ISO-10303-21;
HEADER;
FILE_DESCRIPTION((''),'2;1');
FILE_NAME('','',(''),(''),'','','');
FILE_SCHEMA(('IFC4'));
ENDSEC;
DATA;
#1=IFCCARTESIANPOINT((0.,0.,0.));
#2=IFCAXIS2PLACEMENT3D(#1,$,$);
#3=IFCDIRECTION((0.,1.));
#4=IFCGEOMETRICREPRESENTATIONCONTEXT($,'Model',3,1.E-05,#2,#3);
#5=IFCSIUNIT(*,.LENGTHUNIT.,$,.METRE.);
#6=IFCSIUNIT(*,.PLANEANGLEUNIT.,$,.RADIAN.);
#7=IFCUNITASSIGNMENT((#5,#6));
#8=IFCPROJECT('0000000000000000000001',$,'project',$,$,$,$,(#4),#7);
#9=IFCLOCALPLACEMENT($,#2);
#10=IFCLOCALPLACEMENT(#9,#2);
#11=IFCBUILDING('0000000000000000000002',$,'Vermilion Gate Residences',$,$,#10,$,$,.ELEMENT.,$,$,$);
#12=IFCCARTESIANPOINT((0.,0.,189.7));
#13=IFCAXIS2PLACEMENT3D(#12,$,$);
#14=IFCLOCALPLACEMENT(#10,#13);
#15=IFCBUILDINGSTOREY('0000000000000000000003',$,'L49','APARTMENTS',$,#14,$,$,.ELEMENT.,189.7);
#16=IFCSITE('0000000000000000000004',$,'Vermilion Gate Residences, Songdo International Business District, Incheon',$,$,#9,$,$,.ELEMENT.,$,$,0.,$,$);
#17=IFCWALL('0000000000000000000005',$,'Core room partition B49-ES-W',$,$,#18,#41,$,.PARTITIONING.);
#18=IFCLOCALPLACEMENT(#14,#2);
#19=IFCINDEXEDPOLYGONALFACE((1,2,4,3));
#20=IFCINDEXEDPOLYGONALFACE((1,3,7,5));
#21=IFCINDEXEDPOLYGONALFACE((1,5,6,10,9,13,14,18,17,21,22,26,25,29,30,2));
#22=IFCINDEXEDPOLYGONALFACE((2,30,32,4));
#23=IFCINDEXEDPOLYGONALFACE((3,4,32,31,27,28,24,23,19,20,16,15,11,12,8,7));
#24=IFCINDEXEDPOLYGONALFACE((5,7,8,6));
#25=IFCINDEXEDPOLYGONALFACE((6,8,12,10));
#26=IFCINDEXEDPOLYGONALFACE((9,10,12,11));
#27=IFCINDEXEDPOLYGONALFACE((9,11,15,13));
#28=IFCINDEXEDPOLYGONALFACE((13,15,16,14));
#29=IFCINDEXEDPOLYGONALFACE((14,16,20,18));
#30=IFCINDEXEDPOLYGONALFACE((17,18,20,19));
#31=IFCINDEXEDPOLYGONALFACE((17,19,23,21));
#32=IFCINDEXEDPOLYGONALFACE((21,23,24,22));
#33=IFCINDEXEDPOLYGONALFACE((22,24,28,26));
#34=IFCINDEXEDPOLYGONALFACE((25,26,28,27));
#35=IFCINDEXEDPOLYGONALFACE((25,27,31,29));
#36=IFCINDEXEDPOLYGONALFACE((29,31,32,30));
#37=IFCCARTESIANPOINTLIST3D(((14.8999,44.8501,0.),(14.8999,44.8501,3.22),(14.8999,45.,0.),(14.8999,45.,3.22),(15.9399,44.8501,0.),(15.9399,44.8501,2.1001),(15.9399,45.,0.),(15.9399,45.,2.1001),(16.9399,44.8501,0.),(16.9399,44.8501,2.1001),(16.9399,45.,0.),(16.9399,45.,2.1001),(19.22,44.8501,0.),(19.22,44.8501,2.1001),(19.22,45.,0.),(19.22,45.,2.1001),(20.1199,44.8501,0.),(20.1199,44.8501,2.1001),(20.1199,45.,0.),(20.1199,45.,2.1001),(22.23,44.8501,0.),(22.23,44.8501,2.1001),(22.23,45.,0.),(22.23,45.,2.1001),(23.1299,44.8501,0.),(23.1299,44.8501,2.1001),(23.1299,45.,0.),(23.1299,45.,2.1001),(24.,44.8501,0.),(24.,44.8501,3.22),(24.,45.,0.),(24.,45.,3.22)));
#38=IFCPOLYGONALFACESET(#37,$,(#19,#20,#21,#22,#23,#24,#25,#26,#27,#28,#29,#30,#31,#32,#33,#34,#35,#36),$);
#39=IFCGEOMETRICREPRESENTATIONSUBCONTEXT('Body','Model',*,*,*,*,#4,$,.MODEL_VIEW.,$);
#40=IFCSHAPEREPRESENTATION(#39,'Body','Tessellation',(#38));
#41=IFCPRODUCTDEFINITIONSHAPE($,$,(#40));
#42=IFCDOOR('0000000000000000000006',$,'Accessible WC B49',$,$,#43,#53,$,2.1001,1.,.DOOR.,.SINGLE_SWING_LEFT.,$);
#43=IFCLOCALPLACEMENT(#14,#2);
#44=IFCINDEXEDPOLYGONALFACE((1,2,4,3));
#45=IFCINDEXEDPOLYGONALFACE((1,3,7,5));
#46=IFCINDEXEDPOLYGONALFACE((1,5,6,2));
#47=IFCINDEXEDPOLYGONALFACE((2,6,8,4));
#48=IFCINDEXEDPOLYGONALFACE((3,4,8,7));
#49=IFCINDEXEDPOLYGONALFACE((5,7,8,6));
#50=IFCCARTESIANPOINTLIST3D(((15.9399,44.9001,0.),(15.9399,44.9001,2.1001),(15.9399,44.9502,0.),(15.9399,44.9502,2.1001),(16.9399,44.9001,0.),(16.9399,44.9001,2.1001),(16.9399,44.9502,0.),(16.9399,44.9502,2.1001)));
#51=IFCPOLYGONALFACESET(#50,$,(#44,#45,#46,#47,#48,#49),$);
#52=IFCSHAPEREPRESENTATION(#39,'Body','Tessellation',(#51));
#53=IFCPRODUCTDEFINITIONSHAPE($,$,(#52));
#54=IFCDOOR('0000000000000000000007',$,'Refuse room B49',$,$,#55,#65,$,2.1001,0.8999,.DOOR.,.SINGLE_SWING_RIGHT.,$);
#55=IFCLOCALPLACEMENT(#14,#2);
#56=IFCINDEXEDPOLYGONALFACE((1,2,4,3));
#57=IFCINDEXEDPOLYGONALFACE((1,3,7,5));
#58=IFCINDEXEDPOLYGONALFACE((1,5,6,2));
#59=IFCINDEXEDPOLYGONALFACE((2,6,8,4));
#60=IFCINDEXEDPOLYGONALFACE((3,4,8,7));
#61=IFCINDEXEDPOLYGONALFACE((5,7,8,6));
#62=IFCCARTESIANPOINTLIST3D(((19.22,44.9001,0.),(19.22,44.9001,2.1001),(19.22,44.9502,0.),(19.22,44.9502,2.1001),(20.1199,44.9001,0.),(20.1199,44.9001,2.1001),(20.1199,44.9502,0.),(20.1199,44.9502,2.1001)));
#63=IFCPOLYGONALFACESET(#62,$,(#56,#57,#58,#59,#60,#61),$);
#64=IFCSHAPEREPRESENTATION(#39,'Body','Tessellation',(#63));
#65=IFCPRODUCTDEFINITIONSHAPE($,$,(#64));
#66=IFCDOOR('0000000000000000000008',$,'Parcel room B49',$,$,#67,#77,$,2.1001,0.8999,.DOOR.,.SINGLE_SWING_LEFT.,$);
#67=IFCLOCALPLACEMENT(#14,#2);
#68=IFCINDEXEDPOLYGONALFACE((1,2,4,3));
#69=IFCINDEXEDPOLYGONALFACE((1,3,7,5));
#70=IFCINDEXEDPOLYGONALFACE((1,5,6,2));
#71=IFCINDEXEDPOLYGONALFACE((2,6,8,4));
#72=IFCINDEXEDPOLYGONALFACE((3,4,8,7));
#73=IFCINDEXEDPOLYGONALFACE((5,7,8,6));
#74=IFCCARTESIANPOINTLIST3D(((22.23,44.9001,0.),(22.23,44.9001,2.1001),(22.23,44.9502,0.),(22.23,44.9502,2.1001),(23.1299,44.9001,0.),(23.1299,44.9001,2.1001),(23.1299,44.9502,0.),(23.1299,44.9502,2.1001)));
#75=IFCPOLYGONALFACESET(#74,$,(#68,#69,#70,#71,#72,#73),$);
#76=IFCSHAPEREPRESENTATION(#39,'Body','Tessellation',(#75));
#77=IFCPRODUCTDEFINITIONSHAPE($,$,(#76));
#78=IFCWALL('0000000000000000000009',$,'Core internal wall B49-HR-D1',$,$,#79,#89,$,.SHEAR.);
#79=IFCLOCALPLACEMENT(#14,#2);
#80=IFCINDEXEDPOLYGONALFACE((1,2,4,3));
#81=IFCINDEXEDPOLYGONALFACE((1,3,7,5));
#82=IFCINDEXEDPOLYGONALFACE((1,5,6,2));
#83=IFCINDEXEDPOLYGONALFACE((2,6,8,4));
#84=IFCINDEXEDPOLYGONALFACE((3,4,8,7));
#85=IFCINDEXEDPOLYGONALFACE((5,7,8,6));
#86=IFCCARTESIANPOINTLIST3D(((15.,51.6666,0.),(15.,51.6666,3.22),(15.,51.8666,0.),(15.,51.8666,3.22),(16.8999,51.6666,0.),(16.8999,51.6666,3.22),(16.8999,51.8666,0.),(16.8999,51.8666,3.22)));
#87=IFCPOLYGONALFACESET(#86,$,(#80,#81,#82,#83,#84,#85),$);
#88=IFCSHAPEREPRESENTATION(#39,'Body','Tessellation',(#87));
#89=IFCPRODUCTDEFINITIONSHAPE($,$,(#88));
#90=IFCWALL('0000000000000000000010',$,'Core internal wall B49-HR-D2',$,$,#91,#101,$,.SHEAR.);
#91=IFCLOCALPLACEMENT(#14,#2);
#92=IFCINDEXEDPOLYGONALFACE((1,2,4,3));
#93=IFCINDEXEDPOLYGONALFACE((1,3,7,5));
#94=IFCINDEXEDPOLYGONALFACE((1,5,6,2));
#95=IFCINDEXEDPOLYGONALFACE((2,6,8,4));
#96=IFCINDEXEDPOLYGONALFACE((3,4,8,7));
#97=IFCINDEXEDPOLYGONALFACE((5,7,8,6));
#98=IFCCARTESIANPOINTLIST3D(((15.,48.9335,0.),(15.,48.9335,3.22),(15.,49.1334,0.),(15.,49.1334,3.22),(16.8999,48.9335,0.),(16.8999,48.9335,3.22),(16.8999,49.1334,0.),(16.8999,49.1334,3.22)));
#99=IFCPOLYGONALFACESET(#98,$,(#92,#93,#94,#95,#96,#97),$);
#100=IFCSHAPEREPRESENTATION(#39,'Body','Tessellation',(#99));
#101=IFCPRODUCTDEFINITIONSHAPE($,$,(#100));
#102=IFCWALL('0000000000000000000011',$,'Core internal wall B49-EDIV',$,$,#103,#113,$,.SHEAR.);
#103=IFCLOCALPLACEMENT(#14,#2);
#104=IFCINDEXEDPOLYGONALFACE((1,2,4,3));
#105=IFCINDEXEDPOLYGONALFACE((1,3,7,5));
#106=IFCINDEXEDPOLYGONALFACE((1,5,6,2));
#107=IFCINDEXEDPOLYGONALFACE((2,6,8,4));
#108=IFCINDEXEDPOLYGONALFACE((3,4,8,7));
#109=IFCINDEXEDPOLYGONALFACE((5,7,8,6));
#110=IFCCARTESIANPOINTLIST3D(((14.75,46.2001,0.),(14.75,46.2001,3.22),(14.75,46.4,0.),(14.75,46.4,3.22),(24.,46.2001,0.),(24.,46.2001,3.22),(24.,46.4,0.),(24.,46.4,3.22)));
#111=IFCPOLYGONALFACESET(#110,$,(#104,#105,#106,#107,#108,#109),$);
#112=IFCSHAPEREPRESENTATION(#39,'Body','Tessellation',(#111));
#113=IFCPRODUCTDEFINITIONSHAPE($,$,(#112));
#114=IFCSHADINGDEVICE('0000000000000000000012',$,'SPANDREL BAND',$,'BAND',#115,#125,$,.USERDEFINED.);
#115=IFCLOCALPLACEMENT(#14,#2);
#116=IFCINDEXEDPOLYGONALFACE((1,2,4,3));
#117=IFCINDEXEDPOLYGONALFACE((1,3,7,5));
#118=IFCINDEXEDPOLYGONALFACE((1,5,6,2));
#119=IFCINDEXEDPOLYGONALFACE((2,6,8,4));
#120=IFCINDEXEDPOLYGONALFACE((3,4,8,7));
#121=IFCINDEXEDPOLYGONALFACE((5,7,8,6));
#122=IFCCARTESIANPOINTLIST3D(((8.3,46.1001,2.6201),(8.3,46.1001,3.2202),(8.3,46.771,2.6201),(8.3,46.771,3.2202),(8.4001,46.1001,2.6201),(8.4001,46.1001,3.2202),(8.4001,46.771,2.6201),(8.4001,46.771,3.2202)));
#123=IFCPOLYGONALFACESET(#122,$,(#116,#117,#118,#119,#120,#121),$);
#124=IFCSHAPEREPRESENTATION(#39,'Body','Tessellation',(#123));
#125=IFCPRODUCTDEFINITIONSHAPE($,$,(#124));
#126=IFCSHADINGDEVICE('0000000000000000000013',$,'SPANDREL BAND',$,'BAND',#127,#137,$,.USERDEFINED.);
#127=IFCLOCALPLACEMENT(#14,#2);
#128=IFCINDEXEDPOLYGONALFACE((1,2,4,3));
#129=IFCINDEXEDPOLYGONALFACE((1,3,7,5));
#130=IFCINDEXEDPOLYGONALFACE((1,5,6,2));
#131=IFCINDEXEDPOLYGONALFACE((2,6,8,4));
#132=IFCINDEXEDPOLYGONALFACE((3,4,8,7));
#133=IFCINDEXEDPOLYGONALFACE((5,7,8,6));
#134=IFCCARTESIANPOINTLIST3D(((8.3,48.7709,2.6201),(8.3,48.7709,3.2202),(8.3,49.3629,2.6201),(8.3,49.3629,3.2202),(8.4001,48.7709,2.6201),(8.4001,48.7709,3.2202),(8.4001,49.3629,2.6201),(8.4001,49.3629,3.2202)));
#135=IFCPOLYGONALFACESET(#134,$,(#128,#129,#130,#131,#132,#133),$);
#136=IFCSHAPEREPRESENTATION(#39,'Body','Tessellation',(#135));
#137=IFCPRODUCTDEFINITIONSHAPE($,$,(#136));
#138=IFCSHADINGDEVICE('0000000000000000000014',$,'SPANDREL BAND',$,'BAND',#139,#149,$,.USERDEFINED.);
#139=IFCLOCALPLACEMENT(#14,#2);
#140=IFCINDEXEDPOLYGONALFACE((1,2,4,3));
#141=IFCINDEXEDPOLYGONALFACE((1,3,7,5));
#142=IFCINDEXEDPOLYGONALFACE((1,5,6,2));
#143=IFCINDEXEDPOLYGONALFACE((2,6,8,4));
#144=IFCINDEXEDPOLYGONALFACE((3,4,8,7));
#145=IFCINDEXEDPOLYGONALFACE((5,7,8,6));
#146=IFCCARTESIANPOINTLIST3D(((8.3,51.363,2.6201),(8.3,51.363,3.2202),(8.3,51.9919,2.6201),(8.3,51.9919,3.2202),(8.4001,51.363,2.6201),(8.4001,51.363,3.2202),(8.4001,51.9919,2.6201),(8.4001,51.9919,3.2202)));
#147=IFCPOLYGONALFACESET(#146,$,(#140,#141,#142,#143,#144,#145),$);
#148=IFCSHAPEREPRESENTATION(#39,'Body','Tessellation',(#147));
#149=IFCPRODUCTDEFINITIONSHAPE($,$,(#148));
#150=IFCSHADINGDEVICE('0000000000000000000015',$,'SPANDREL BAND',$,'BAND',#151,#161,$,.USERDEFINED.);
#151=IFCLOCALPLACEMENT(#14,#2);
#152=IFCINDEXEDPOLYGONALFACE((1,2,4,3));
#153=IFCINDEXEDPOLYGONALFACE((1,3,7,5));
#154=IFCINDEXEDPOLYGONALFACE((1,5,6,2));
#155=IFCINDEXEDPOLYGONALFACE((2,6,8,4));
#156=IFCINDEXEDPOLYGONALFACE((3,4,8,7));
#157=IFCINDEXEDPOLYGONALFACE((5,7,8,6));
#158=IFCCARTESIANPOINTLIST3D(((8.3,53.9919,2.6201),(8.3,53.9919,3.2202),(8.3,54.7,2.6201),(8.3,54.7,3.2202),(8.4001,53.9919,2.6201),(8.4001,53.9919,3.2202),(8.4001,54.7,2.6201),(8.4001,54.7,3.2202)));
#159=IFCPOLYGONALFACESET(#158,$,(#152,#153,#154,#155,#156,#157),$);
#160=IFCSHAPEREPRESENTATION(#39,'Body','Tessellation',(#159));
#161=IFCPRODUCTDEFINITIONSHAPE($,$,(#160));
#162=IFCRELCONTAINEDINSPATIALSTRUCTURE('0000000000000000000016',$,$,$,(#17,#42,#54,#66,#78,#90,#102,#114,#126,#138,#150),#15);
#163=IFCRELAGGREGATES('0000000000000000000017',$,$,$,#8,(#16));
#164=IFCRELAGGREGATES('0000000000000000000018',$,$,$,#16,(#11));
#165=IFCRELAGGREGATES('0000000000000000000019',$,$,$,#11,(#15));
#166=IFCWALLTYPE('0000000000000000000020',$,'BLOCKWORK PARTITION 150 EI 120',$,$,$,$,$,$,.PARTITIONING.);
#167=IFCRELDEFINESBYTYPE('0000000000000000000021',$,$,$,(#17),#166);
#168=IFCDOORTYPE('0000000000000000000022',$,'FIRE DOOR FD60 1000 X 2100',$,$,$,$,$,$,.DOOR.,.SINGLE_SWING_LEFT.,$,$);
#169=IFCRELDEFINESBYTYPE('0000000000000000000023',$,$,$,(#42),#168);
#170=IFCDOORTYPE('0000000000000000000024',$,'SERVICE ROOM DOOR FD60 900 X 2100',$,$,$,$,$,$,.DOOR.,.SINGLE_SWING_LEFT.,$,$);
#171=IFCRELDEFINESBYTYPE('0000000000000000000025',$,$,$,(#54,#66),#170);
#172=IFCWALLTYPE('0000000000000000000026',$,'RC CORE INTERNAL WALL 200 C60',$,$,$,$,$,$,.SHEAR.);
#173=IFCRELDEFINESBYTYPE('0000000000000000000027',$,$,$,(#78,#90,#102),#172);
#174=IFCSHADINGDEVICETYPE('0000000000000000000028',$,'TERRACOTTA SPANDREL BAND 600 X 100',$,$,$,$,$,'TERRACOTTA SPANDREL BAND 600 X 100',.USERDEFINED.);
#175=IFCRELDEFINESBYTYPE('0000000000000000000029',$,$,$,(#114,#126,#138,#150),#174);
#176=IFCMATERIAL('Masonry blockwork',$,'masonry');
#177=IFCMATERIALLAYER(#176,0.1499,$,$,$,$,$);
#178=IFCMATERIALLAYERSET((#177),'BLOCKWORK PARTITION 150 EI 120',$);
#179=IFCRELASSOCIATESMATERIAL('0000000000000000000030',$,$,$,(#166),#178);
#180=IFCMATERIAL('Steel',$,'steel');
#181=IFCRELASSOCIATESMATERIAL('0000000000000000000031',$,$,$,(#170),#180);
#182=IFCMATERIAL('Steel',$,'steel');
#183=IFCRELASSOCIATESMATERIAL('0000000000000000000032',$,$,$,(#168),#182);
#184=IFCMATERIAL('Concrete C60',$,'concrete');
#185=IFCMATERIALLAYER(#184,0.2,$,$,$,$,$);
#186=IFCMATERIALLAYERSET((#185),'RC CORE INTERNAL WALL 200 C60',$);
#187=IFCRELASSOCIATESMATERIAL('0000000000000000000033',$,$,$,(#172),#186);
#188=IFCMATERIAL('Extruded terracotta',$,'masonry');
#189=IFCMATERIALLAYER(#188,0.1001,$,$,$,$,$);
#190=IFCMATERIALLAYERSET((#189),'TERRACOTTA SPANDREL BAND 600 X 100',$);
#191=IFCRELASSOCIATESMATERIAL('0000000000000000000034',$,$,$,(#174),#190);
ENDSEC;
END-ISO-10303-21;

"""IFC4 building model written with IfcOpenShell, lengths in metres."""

from ifc_helpers import new_model, si_unit, direction, frame, frame_2d, origin, origin_2d, place, context, subcontext, project, spatial, rectangle, extrude, material, layer, layer_set, type_object, element, fill, save


model = new_model("IFC4")

# Units and contexts
model_context = context("Model", 3, precision=1e-05, world=origin(), true_north=direction((0.0, 1.0)))
body_context = subcontext(model_context, "Body", "Model", "MODEL_VIEW")
ifc_project = project(units=[si_unit("LENGTHUNIT", "METRE"), si_unit("PLANEANGLEUNIT", "RADIAN")], contexts=[model_context])

# Site, building, storey
site_placement = place(None, origin())
site = spatial("IfcSite", under=ifc_project, at=site_placement, Name="Vermilion Gate Residences, Songdo International Business District, Incheon", CompositionType="ELEMENT", RefElevation=0.0)
building_placement = place(site_placement, origin())
building = spatial("IfcBuilding", under=site, at=building_placement, Name="Vermilion Gate Residences", CompositionType="ELEMENT")
storey_placement = place(building_placement, frame((0.0, 0.0, 189.7)))
storey = spatial("IfcBuildingStorey", under=building, at=storey_placement, Name="L49", Description="APARTMENTS", CompositionType="ELEMENT", Elevation=189.7)

# Shared definitions
ifc_material_1 = material(Name="Masonry blockwork", Category="masonry")
ifc_layer_1 = layer(ifc_material_1, 0.1499)
ifc_layer_set_1 = layer_set([ifc_layer_1], Name="BLOCKWORK PARTITION 150 EI 120")
wall_type_1 = type_object("IfcWallType", Name="BLOCKWORK PARTITION 150 EI 120", PredefinedType="PARTITIONING", material=ifc_layer_set_1)

# Shared definitions
ifc_material_2 = material(Name="Steel", Category="steel")
door_type_1 = type_object("IfcDoorType", Name="SERVICE ROOM DOOR FD60 900 X 2100", OperationType="SINGLE_SWING_LEFT", PredefinedType="DOOR", material=ifc_material_2)

# Shared definitions
ifc_material_3 = material(Name="Steel", Category="steel")
door_type_2 = type_object("IfcDoorType", Name="FIRE DOOR FD60 1000 X 2100", OperationType="SINGLE_SWING_LEFT", PredefinedType="DOOR", material=ifc_material_3)

# Wall, openings, doors
wall_1_placement = place(storey_placement, frame((14.8999, 44.925, 0.0), z_axis=(0.0, 0.0, 1.0), x_axis=(1.0, 0.0, 0.0)))
wall_1 = element("IfcWall", 1, at=wall_1_placement, inside=storey, type_object=wall_type_1, Name="Core room partition B49-ES-W", PredefinedType="PARTITIONING", context=body_context, shape_type="SweptSolid", body=[
    extrude(rectangle(XDim=9.1001, YDim=0.1499, at=frame_2d((4.55, 0.0))), origin(), (0.0, 0.0, 1.0), 3.22),
])
opening_1_placement = place(wall_1_placement, frame((1.04, 0.0, 0.0)))
opening_1 = element("IfcOpeningElement", 2, at=opening_1_placement, cuts=wall_1, PredefinedType="OPENING", context=body_context, shape_type="SweptSolid", body=[
    extrude(rectangle(XDim=1.0, YDim=2.1001, at=frame_2d((0.5, 1.05))), frame((0.0, 0.085, 0.0), z_axis=(0.0, -1.0, 0.0), x_axis=(1.0, 0.0, 0.0)), (0.0, 0.0, 1.0), 0.1699),
])
opening_2_placement = place(wall_1_placement, frame((4.3201, 0.0, 0.0)))
opening_2 = element("IfcOpeningElement", 3, at=opening_2_placement, cuts=wall_1, PredefinedType="OPENING", context=body_context, shape_type="SweptSolid", body=[
    extrude(rectangle(XDim=0.8999, YDim=2.1001, at=frame_2d((0.45, 1.05))), frame((0.0, 0.085, 0.0), z_axis=(0.0, -1.0, 0.0), x_axis=(1.0, 0.0, 0.0)), (0.0, 0.0, 1.0), 0.1699),
])
opening_3_placement = place(wall_1_placement, frame((7.3301, 0.0, 0.0)))
opening_3 = element("IfcOpeningElement", 4, at=opening_3_placement, cuts=wall_1, PredefinedType="OPENING", context=body_context, shape_type="SweptSolid", body=[
    extrude(rectangle(XDim=0.8999, YDim=2.1001, at=frame_2d((0.45, 1.05))), frame((0.0, 0.085, 0.0), z_axis=(0.0, -1.0, 0.0), x_axis=(1.0, 0.0, 0.0)), (0.0, 0.0, 1.0), 0.1699),
])
door_1_placement = place(opening_1_placement, frame((1.0, 0.0, 0.0), z_axis=(0.0, 0.0, 1.0), x_axis=(-1.0, 0.0, 0.0)))
door_1 = element("IfcDoor", 5, at=door_1_placement, inside=storey, type_object=door_type_2, Name="Accessible WC B49", OperationType="SINGLE_SWING_LEFT", OverallHeight=2.1001, OverallWidth=1.0, PredefinedType="DOOR", context=body_context, shape_type="SweptSolid", body=[
    extrude(rectangle(XDim=1.0, YDim=2.1001, at=frame_2d((0.5, 1.05))), frame((0.0, 0.0249, 0.0), z_axis=(0.0, -1.0, 0.0), x_axis=(1.0, 0.0, 0.0)), (0.0, 0.0, 1.0), 0.05),
])
fill(opening_1, door_1)
door_2_placement = place(opening_2_placement, frame((0.8999, 0.0, 0.0), z_axis=(0.0, 0.0, 1.0), x_axis=(-1.0, 0.0, 0.0)))
door_2 = element("IfcDoor", 6, at=door_2_placement, inside=storey, type_object=door_type_1, Name="Refuse room B49", OperationType="SINGLE_SWING_RIGHT", OverallHeight=2.1001, OverallWidth=0.8999, PredefinedType="DOOR", context=body_context, shape_type="SweptSolid", body=[
    extrude(rectangle(XDim=0.8999, YDim=2.1001, at=frame_2d((0.45, 1.05))), frame((0.0, 0.0249, 0.0), z_axis=(0.0, -1.0, 0.0), x_axis=(1.0, 0.0, 0.0)), (0.0, 0.0, 1.0), 0.05),
])
fill(opening_2, door_2)
door_3_placement = place(opening_3_placement, frame((0.8999, 0.0, 0.0), z_axis=(0.0, 0.0, 1.0), x_axis=(-1.0, 0.0, 0.0)))
door_3 = element("IfcDoor", 7, at=door_3_placement, inside=storey, type_object=door_type_1, Name="Parcel room B49", OperationType="SINGLE_SWING_LEFT", OverallHeight=2.1001, OverallWidth=0.8999, PredefinedType="DOOR", context=body_context, shape_type="SweptSolid", body=[
    extrude(rectangle(XDim=0.8999, YDim=2.1001, at=frame_2d((0.45, 1.05))), frame((0.0, 0.0249, 0.0), z_axis=(0.0, -1.0, 0.0), x_axis=(1.0, 0.0, 0.0)), (0.0, 0.0, 1.0), 0.05),
])
fill(opening_3, door_3)

# Walls
ifc_material_4 = material(Name="Concrete C60", Category="concrete")
ifc_layer_2 = layer(ifc_material_4, 0.2)
ifc_layer_set_2 = layer_set([ifc_layer_2], Name="RC CORE INTERNAL WALL 200 C60")
wall_type_2 = type_object("IfcWallType", Name="RC CORE INTERNAL WALL 200 C60", PredefinedType="SHEAR", material=ifc_layer_set_2)
for number, where, z_axis, x_axis, name in (
    (8, (15.0, 51.7666, 0.0), (0.0, 0.0, 1.0), (1.0, 0.0, 0.0), "Core internal wall B49-HR-D1"),
    (9, (15.0, 49.0334, 0.0), (0.0, 0.0, 1.0), (1.0, 0.0, 0.0), "Core internal wall B49-HR-D2"),
):
    element("IfcWall", number, at=place(storey_placement, frame(where, z_axis=z_axis, x_axis=x_axis)), inside=storey, type_object=wall_type_2, Name=name, PredefinedType="SHEAR", context=body_context, shape_type="SweptSolid", body=[
        extrude(rectangle(XDim=1.8999, YDim=0.2, at=frame_2d((0.95, 0.0))), origin(), (0.0, 0.0, 1.0), 3.22),
    ])
wall_2_placement = place(storey_placement, frame((14.75, 46.3, 0.0), z_axis=(0.0, 0.0, 1.0), x_axis=(1.0, 0.0, 0.0)))
element("IfcWall", 10, at=wall_2_placement, inside=storey, type_object=wall_type_2, Name="Core internal wall B49-EDIV", PredefinedType="SHEAR", context=body_context, shape_type="SweptSolid", body=[
    extrude(rectangle(XDim=9.25, YDim=0.2, at=frame_2d((4.625, 0.0))), origin(), (0.0, 0.0, 1.0), 3.22),
])

# Shading devices
ifc_material_5 = material(Name="Extruded terracotta", Category="masonry")
ifc_layer_3 = layer(ifc_material_5, 0.1001)
ifc_layer_set_3 = layer_set([ifc_layer_3], Name="TERRACOTTA SPANDREL BAND 600 X 100")
shading_device_type = type_object("IfcShadingDeviceType", Name="TERRACOTTA SPANDREL BAND 600 X 100", ElementType="TERRACOTTA SPANDREL BAND 600 X 100", PredefinedType="USERDEFINED", material=ifc_layer_set_3)
shading_device_1_placement = place(storey_placement, frame((8.3501, 46.4355, 2.6201), z_axis=(0.0, 0.0, 1.0), x_axis=(0.0, 1.0, 0.0)))
element("IfcShadingDevice", 11, at=shading_device_1_placement, inside=storey, type_object=shading_device_type, Name="SPANDREL BAND", ObjectType="BAND", PredefinedType="USERDEFINED", context=body_context, shape_type="SweptSolid", body=[
    extrude(rectangle(XDim=0.6709, YDim=0.1001, at=origin_2d()), origin(), (0.0, 0.0, 1.0), 0.6001),
])
shading_device_2_placement = place(storey_placement, frame((8.3501, 49.0669, 2.6201), z_axis=(0.0, 0.0, 1.0), x_axis=(0.0, 1.0, 0.0)))
element("IfcShadingDevice", 12, at=shading_device_2_placement, inside=storey, type_object=shading_device_type, Name="SPANDREL BAND", ObjectType="BAND", PredefinedType="USERDEFINED", context=body_context, shape_type="SweptSolid", body=[
    extrude(rectangle(XDim=0.592, YDim=0.1001, at=origin_2d()), origin(), (0.0, 0.0, 1.0), 0.6001),
])
shading_device_3_placement = place(storey_placement, frame((8.3501, 51.6775, 2.6201), z_axis=(0.0, 0.0, 1.0), x_axis=(0.0, 1.0, 0.0)))
element("IfcShadingDevice", 13, at=shading_device_3_placement, inside=storey, type_object=shading_device_type, Name="SPANDREL BAND", ObjectType="BAND", PredefinedType="USERDEFINED", context=body_context, shape_type="SweptSolid", body=[
    extrude(rectangle(XDim=0.6289, YDim=0.1001, at=origin_2d()), origin(), (0.0, 0.0, 1.0), 0.6001),
])
shading_device_4_placement = place(storey_placement, frame((8.3501, 54.3459, 2.6201), z_axis=(0.0, 0.0, 1.0), x_axis=(0.0, 1.0, 0.0)))
element("IfcShadingDevice", 14, at=shading_device_4_placement, inside=storey, type_object=shading_device_type, Name="SPANDREL BAND", ObjectType="BAND", PredefinedType="USERDEFINED", context=body_context, shape_type="SweptSolid", body=[
    extrude(rectangle(XDim=0.708, YDim=0.1001, at=origin_2d()), origin(), (0.0, 0.0, 1.0), 0.6001),
])

save(model, "model.ifc")
